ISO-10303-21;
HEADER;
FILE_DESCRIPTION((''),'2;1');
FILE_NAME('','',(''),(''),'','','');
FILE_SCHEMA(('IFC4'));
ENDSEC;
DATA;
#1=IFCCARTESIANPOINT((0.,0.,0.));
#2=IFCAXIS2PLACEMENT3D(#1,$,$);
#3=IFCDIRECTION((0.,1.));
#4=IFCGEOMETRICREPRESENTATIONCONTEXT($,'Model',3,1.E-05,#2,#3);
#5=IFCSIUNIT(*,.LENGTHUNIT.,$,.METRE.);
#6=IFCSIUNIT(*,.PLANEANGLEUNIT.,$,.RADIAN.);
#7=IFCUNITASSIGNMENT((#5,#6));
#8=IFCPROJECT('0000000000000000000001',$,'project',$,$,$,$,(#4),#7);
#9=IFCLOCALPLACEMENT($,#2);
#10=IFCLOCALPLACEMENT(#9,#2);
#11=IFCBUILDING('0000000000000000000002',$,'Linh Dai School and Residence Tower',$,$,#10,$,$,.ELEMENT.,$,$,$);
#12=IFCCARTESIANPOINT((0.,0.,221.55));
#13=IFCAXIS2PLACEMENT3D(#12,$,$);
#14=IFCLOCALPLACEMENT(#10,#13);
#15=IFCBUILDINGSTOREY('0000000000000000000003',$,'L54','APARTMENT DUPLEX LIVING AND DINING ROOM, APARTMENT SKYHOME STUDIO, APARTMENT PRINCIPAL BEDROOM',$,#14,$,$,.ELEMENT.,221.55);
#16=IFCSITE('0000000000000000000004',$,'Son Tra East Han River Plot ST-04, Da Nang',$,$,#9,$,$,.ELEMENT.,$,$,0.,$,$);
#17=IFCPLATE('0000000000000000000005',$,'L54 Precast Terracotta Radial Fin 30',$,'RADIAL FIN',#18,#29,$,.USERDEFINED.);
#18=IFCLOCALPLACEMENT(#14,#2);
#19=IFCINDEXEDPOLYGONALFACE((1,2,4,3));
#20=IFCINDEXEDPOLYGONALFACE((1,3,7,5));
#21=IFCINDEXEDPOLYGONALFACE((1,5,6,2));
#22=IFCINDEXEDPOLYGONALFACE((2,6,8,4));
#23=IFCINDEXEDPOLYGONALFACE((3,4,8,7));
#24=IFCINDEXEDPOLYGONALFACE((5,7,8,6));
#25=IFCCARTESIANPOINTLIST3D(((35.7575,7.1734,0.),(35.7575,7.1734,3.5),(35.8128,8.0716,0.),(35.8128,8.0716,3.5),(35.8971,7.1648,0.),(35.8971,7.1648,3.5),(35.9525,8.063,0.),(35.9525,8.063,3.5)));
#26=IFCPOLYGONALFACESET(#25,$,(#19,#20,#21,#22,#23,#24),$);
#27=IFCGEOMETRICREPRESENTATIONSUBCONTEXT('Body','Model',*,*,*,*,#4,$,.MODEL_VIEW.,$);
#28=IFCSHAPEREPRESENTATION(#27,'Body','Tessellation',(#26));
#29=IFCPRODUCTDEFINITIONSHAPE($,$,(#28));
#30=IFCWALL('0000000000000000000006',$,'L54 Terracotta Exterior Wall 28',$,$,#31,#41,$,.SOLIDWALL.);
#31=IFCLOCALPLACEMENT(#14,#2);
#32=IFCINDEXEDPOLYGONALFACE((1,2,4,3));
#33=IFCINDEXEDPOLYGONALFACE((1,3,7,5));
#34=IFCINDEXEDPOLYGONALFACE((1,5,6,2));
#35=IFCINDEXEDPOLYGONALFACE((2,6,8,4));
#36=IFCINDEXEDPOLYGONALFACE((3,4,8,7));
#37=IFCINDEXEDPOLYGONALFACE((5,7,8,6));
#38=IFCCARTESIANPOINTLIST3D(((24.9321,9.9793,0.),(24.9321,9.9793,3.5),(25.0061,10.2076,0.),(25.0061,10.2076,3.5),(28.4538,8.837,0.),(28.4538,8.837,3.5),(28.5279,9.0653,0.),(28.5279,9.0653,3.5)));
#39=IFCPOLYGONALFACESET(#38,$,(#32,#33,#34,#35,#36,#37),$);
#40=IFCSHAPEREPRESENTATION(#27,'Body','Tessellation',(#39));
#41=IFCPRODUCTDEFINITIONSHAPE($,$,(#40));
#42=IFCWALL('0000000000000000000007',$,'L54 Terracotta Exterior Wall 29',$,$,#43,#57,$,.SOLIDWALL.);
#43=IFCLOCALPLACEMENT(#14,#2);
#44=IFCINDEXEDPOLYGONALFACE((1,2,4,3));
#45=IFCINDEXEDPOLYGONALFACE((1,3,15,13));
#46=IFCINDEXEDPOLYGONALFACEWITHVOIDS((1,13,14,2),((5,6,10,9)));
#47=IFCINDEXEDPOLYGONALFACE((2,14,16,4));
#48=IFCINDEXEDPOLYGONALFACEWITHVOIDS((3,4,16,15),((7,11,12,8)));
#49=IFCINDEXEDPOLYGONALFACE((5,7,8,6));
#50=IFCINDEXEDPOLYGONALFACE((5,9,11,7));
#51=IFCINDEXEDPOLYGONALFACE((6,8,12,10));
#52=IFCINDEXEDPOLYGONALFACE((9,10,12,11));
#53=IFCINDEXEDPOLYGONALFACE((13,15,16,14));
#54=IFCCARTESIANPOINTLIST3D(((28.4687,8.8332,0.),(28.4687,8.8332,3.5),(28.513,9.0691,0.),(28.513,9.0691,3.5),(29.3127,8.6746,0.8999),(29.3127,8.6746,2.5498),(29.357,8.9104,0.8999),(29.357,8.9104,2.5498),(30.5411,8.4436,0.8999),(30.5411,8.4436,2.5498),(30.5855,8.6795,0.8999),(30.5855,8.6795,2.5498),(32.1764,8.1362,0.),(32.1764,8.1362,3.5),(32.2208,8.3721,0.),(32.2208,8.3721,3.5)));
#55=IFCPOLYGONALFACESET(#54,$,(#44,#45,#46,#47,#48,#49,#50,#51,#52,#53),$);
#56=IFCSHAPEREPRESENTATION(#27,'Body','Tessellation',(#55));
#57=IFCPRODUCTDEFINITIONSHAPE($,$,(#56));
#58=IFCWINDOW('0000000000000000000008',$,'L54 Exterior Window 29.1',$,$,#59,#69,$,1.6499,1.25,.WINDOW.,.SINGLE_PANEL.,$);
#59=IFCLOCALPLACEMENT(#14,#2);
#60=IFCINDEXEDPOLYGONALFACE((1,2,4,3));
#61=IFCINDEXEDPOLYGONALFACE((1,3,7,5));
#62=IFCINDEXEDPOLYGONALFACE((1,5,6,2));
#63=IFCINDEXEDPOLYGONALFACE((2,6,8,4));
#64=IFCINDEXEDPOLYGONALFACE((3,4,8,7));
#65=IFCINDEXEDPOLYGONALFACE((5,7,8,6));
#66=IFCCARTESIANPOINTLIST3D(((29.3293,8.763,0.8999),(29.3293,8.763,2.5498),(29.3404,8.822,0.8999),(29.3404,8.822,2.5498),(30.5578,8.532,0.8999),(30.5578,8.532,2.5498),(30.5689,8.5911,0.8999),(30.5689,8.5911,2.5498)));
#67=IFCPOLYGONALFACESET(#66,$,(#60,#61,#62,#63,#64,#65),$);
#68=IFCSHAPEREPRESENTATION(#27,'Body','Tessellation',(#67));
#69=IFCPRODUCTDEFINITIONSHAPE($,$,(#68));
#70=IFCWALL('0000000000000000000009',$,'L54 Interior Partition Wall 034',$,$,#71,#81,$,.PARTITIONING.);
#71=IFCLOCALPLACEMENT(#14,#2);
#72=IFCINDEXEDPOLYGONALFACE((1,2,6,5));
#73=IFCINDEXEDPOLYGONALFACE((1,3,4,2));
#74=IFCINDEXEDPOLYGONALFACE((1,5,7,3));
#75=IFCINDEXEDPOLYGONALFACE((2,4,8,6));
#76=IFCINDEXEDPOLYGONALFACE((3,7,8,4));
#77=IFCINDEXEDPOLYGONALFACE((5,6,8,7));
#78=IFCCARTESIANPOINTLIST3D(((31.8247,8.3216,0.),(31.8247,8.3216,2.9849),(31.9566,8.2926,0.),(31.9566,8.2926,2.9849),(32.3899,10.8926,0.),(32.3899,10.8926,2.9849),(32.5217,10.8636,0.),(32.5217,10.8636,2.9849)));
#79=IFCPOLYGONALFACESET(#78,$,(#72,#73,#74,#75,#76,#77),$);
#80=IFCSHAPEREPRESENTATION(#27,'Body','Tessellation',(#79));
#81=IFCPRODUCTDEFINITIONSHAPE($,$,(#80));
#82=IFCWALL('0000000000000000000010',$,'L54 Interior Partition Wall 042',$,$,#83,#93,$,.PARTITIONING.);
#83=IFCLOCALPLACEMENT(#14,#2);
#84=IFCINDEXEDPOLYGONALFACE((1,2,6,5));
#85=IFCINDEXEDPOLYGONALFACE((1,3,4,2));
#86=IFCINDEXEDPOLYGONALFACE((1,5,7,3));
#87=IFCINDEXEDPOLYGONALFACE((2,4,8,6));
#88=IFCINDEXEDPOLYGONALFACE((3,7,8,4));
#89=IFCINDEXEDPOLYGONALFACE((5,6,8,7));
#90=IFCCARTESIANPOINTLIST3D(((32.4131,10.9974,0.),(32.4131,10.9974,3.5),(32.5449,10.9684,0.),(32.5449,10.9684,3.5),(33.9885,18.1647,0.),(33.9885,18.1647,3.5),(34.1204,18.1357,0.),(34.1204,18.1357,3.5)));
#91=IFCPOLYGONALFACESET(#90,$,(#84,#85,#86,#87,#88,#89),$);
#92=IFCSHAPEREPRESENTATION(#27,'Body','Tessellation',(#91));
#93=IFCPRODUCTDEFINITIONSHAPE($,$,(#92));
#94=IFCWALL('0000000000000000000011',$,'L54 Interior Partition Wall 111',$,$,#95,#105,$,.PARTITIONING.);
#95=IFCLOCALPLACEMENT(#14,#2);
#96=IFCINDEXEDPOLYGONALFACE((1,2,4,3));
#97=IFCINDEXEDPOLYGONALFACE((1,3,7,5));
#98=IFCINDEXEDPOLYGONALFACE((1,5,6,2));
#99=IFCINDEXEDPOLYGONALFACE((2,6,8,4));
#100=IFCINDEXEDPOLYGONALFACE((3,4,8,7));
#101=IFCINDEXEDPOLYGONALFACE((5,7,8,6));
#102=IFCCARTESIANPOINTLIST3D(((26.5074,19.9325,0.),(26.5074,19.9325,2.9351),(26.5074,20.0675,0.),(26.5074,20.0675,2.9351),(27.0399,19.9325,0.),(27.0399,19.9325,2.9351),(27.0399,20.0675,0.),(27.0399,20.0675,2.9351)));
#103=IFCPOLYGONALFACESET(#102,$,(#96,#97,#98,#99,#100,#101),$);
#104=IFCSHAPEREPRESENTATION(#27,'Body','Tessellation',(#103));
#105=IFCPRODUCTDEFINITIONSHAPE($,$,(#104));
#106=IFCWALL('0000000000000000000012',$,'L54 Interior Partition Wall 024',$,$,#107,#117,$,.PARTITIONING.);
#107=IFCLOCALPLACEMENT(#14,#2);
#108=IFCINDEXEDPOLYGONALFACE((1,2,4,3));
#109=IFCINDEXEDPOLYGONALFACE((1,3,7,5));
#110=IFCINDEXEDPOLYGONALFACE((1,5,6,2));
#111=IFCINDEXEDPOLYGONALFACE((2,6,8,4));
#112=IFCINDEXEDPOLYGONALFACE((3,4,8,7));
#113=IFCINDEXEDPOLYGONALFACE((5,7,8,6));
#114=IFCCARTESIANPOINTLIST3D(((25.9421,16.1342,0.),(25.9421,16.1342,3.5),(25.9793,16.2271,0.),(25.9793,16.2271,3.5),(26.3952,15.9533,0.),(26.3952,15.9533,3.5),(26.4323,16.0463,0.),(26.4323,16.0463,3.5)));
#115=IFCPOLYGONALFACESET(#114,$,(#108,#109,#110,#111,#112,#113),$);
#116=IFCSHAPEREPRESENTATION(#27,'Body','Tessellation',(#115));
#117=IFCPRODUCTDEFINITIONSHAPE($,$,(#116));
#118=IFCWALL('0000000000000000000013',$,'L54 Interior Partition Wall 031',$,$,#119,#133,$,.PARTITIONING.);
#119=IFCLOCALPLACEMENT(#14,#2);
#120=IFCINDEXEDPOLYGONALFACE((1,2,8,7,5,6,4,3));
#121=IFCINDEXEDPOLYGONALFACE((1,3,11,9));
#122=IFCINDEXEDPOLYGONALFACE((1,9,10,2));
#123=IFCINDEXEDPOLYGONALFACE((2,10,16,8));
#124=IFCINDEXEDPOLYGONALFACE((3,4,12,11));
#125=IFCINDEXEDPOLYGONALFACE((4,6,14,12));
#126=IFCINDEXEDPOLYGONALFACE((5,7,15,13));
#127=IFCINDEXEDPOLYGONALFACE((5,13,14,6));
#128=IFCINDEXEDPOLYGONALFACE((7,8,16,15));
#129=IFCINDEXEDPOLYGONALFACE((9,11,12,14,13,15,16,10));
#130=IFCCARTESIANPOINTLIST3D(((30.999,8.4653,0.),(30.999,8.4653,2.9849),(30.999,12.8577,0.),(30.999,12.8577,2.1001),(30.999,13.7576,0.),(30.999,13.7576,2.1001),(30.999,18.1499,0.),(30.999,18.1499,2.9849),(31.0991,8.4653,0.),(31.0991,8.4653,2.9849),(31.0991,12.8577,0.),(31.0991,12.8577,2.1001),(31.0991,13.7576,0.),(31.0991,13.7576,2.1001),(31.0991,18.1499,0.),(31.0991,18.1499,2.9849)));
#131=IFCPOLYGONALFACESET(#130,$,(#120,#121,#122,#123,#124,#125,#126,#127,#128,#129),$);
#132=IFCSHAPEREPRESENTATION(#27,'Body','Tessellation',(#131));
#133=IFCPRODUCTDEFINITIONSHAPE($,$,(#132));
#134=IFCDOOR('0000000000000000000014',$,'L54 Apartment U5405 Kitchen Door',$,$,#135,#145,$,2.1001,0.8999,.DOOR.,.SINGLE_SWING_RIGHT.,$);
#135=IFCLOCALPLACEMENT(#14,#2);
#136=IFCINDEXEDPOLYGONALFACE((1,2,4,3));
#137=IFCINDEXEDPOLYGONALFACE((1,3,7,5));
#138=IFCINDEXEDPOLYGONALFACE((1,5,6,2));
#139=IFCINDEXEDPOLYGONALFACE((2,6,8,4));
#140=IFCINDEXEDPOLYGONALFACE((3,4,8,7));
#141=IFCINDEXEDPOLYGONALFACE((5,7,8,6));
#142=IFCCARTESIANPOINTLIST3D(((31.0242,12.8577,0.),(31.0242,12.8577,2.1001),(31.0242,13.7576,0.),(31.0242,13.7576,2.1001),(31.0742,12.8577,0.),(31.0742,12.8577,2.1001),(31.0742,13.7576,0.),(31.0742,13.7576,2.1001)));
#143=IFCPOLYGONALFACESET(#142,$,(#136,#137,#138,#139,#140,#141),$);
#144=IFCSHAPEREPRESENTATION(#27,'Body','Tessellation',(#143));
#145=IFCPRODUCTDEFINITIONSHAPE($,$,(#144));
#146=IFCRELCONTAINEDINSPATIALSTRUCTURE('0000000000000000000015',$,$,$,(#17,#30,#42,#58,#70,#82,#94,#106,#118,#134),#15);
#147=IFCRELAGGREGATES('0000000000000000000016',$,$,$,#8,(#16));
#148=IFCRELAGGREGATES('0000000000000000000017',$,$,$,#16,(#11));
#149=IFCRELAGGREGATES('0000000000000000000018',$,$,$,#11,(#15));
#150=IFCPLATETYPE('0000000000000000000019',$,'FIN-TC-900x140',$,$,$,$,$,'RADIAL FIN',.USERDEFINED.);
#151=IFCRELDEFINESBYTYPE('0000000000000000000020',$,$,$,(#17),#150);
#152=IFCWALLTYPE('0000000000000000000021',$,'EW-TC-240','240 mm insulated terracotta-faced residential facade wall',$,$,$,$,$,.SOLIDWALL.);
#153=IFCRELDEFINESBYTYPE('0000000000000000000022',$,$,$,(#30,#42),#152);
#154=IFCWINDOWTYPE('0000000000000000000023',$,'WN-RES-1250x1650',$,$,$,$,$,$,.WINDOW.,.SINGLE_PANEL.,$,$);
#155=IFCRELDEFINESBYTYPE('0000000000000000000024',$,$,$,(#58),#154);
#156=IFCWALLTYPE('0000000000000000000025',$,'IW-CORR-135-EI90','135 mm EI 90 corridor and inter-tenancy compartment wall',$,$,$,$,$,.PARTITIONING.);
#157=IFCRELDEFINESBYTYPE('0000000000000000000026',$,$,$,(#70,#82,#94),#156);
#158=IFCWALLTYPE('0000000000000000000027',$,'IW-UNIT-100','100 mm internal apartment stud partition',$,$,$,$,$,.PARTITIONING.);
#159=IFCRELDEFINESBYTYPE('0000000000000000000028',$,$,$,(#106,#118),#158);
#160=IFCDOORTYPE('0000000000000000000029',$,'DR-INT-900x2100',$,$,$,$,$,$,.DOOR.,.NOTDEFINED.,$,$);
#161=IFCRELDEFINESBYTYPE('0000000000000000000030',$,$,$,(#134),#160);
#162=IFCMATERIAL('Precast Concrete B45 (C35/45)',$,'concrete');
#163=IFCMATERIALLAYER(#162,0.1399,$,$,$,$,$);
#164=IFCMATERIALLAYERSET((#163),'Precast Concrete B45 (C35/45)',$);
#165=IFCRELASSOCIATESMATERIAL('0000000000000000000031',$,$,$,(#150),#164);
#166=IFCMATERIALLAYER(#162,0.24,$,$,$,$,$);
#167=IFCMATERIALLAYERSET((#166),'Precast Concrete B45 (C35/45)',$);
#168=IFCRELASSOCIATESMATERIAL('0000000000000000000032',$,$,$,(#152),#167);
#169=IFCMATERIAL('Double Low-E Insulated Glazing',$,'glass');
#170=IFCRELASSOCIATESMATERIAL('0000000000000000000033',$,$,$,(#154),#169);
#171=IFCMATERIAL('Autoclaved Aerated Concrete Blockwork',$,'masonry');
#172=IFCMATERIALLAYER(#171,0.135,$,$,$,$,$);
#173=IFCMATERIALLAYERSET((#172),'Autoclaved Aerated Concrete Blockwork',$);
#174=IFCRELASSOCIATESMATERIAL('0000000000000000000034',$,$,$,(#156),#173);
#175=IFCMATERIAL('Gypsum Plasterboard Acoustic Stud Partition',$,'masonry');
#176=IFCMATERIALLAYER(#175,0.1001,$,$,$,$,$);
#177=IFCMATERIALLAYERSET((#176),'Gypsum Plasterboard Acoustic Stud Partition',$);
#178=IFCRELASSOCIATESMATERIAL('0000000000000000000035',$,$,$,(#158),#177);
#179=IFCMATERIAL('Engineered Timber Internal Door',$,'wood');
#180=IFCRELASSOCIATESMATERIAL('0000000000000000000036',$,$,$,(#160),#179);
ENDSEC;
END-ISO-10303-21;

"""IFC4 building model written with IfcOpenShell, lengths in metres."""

from ifc_helpers import new_model, si_unit, direction, frame, frame_2d, origin, origin_2d, place, context, subcontext, project, spatial, rectangle, extrude, source, transform, mapped, material, layer, layer_set, type_object, element, fill, save


model = new_model("IFC4")

# Units and contexts
model_context = context("Model", 3, precision=1e-05, world=origin(), true_north=direction((0.0, 1.0)))
body_context = subcontext(model_context, "Body", "Model", "MODEL_VIEW")
ifc_project = project(units=[si_unit("LENGTHUNIT", "METRE"), si_unit("PLANEANGLEUNIT", "RADIAN")], contexts=[model_context])

# Site, building, storey
site_placement = place(None, origin())
site = spatial("IfcSite", under=ifc_project, at=site_placement, Name="Son Tra East Han River Plot ST-04, Da Nang", CompositionType="ELEMENT", RefElevation=0.0)
building_placement = place(site_placement, origin())
building = spatial("IfcBuilding", under=site, at=building_placement, Name="Linh Dai School and Residence Tower", CompositionType="ELEMENT")
storey_placement = place(building_placement, frame((0.0, 0.0, 221.55)))
storey = spatial("IfcBuildingStorey", under=building, at=storey_placement, Name="L54", Description="APARTMENT DUPLEX LIVING AND DINING ROOM, APARTMENT SKYHOME STUDIO, APARTMENT PRINCIPAL BEDROOM", CompositionType="ELEMENT", Elevation=221.55)

# Plate
ifc_material_1 = material(Name="Precast Concrete B45 (C35/45)", Category="concrete")
ifc_layer_1 = layer(ifc_material_1, 0.1399)
ifc_layer_set_1 = layer_set([ifc_layer_1], Name="Precast Concrete B45 (C35/45)")
plate_type = type_object("IfcPlateType", Name="FIN-TC-900x140", ElementType="RADIAL FIN", PredefinedType="USERDEFINED", material=ifc_layer_set_1)
shared_shape_1 = source(origin(), body_context, "Body", "SweptSolid", [
    extrude(rectangle(XDim=0.8999, YDim=0.1399, at=origin_2d()), origin(), (0.0, 0.0, 1.0), 3.5),
])
plate_placement = place(storey_placement, frame((35.855, 7.6182, 0.0), z_axis=(0.0, 0.0, 1.0), x_axis=(-0.061504, -0.998107, 0.0)))
element("IfcPlate", 1, at=plate_placement, inside=storey, type_object=plate_type, Name="L54 Precast Terracotta Radial Fin 30", ObjectType="RADIAL FIN", PredefinedType="USERDEFINED", context=body_context, shape_type="MappedRepresentation", body=[
    mapped(shared_shape_1, transform((0.0, 0.0, 0.0), x_axis=(1.0, 0.0, 0.0), y_axis=(0.0, 1.0, 0.0), z_axis=(0.0, 0.0, 1.0), scale=1.0)),
])

# Wall
ifc_layer_2 = layer(ifc_material_1, 0.24)
ifc_layer_set_2 = layer_set([ifc_layer_2], Name="Precast Concrete B45 (C35/45)")
wall_type_1 = type_object("IfcWallType", Name="EW-TC-240", Description="240 mm insulated terracotta-faced residential facade wall", PredefinedType="SOLIDWALL", material=ifc_layer_set_2)
wall_1_placement = place(storey_placement, frame((28.4907, 8.9512, 0.0), z_axis=(0.0, 0.0, 1.0), x_axis=(-0.951211, 0.308542, 0.0)))
element("IfcWall", 2, at=wall_1_placement, inside=storey, type_object=wall_type_1, Name="L54 Terracotta Exterior Wall 28", PredefinedType="SOLIDWALL", context=body_context, shape_type="SweptSolid", body=[
    extrude(rectangle(XDim=3.7024, YDim=0.24, at=frame_2d((1.8511, 0.0))), origin(), (0.0, 0.0, 1.0), 3.5),
])

# Wall, opening, window
wall_2_placement = place(storey_placement, frame((32.1985, 8.2542, 0.0), z_axis=(0.0, 0.0, 1.0), x_axis=(-0.982785, 0.184753, 0.0)))
wall_2 = element("IfcWall", 3, at=wall_2_placement, inside=storey, type_object=wall_type_1, Name="L54 Terracotta Exterior Wall 29", PredefinedType="SOLIDWALL", context=body_context, shape_type="SweptSolid", body=[
    extrude(rectangle(XDim=3.7727, YDim=0.24, at=frame_2d((1.8862, 0.0))), origin(), (0.0, 0.0, 1.0), 3.5),
])
opening_1_placement = place(wall_2_placement, frame((1.6638, 0.0, 0.8999)))
opening_1 = element("IfcOpeningElement", 4, at=opening_1_placement, cuts=wall_2, PredefinedType="OPENING", context=body_context, shape_type="SweptSolid", body=[
    extrude(rectangle(XDim=1.25, YDim=1.6499, at=origin_2d()), frame((0.625, 0.1299, 0.825), z_axis=(0.0, -1.0, 0.0), x_axis=(1.0, 0.0, 0.0)), (0.0, 0.0, 1.0), 0.26),
])
ifc_material_2 = material(Name="Double Low-E Insulated Glazing", Category="glass")
window_type = type_object("IfcWindowType", Name="WN-RES-1250x1650", PartitioningType="SINGLE_PANEL", PredefinedType="WINDOW", material=ifc_material_2)
shared_shape_2 = source(origin(), body_context, "Body", "SweptSolid", [
    extrude(rectangle(XDim=1.25, YDim=1.6499, at=origin_2d()), frame((0.625, 0.03, 0.825), z_axis=(0.0, -1.0, 0.0), x_axis=(1.0, 0.0, 0.0)), (0.0, 0.0, 1.0), 0.0601),
])
window_placement = place(opening_1_placement, origin())
window = element("IfcWindow", 5, at=window_placement, inside=storey, type_object=window_type, Name="L54 Exterior Window 29.1", OverallHeight=1.6499, OverallWidth=1.25, PartitioningType="SINGLE_PANEL", PredefinedType="WINDOW", context=body_context, shape_type="MappedRepresentation", body=[
    mapped(shared_shape_2, transform((0.0, 0.0, 0.0), x_axis=(1.0, 0.0, 0.0), y_axis=(0.0, 1.0, 0.0), z_axis=(0.0, 0.0, 1.0), scale=1.0)),
])
fill(opening_1, window)

# Walls
ifc_material_3 = material(Name="Autoclaved Aerated Concrete Blockwork", Category="masonry")
ifc_layer_3 = layer(ifc_material_3, 0.135)
ifc_layer_set_3 = layer_set([ifc_layer_3], Name="Autoclaved Aerated Concrete Blockwork")
wall_type_2 = type_object("IfcWallType", Name="IW-CORR-135-EI90", Description="135 mm EI 90 corridor and inter-tenancy compartment wall", PredefinedType="PARTITIONING", material=ifc_layer_set_3)
wall_3_placement = place(storey_placement, frame((31.8906, 8.3071, 0.0), z_axis=(0.0, 0.0, 1.0), x_axis=(0.214701, 0.97668, 0.0)))
element("IfcWall", 6, at=wall_3_placement, inside=storey, type_object=wall_type_2, Name="L54 Interior Partition Wall 034", PredefinedType="PARTITIONING", context=body_context, shape_type="SweptSolid", body=[
    extrude(rectangle(XDim=2.6323, YDim=0.135, at=frame_2d((1.3162, 0.0))), origin(), (0.0, 0.0, 1.0), 2.9849),
])
wall_4_placement = place(storey_placement, frame((32.479, 10.9829, 0.0), z_axis=(0.0, 0.0, 1.0), x_axis=(0.214686, 0.976683, 0.0)))
element("IfcWall", 7, at=wall_4_placement, inside=storey, type_object=wall_type_2, Name="L54 Interior Partition Wall 042", PredefinedType="PARTITIONING", context=body_context, shape_type="SweptSolid", body=[
    extrude(rectangle(XDim=7.3384, YDim=0.135, at=frame_2d((3.6692, 0.0))), origin(), (0.0, 0.0, 1.0), 3.5),
])

# Wall
wall_5_placement = place(storey_placement, frame((26.5076, 20.0, 0.0), z_axis=(0.0, 0.0, 1.0), x_axis=(1.0, 0.0, 0.0)))
element("IfcWall", 8, at=wall_5_placement, inside=storey, type_object=wall_type_2, Name="L54 Interior Partition Wall 111", PredefinedType="PARTITIONING", context=body_context, shape_type="SweptSolid", body=[
    extrude(rectangle(XDim=0.5325, YDim=0.135, at=frame_2d((0.2661, 0.0))), origin(), (0.0, 0.0, 1.0), 2.9351),
])

# Wall
ifc_material_4 = material(Name="Gypsum Plasterboard Acoustic Stud Partition", Category="masonry")
ifc_layer_4 = layer(ifc_material_4, 0.1001)
ifc_layer_set_4 = layer_set([ifc_layer_4], Name="Gypsum Plasterboard Acoustic Stud Partition")
wall_type_3 = type_object("IfcWallType", Name="IW-UNIT-100", Description="100 mm internal apartment stud partition", PredefinedType="PARTITIONING", material=ifc_layer_set_4)
wall_6_placement = place(storey_placement, frame((25.9607, 16.1807, 0.0), z_axis=(0.0, 0.0, 1.0), x_axis=(0.928718, -0.370787, 0.0)))
element("IfcWall", 9, at=wall_6_placement, inside=storey, type_object=wall_type_3, Name="L54 Interior Partition Wall 024", PredefinedType="PARTITIONING", context=body_context, shape_type="SweptSolid", body=[
    extrude(rectangle(XDim=0.4878, YDim=0.1001, at=frame_2d((0.2439, 0.0))), origin(), (0.0, 0.0, 1.0), 3.5),
])

# Wall, opening, door
wall_7_placement = place(storey_placement, frame((31.0491, 8.4653, 0.0), z_axis=(0.0, 0.0, 1.0), x_axis=(0.0, 1.0, 0.0)))
wall_7 = element("IfcWall", 10, at=wall_7_placement, inside=storey, type_object=wall_type_3, Name="L54 Interior Partition Wall 031", PredefinedType="PARTITIONING", context=body_context, shape_type="SweptSolid", body=[
    extrude(rectangle(XDim=9.6846, YDim=0.1001, at=frame_2d((4.8423, 0.0))), origin(), (0.0, 0.0, 1.0), 2.9849),
])
opening_2_placement = place(wall_7_placement, frame((4.3923, 0.0, 0.0)))
opening_2 = element("IfcOpeningElement", 11, at=opening_2_placement, cuts=wall_7, PredefinedType="OPENING", context=body_context, shape_type="SweptSolid", body=[
    extrude(rectangle(XDim=0.8999, YDim=2.1001, at=origin_2d()), frame((0.45, 0.0601, 1.05), z_axis=(0.0, -1.0, 0.0), x_axis=(1.0, 0.0, 0.0)), (0.0, 0.0, 1.0), 0.1201),
])
ifc_material_5 = material(Name="Engineered Timber Internal Door", Category="wood")
door_type_1 = type_object("IfcDoorType", Name="DR-INT-900x2100", OperationType="NOTDEFINED", PredefinedType="DOOR", material=ifc_material_5)
shared_shape_3 = source(origin(), body_context, "Body", "SweptSolid", [
    extrude(rectangle(XDim=0.8999, YDim=2.1001, at=origin_2d()), frame((0.45, 0.0249, 1.05), z_axis=(0.0, -1.0, 0.0), x_axis=(1.0, 0.0, 0.0)), (0.0, 0.0, 1.0), 0.05),
])
door_1_placement = place(opening_2_placement, origin())
door_1 = element("IfcDoor", 12, at=door_1_placement, inside=storey, type_object=door_type_1, Name="L54 Apartment U5405 Kitchen Door", OperationType="SINGLE_SWING_RIGHT", OverallHeight=2.1001, OverallWidth=0.8999, PredefinedType="DOOR", context=body_context, shape_type="MappedRepresentation", body=[
    mapped(shared_shape_3, transform((0.0, 0.0, 0.0), x_axis=(1.0, 0.0, 0.0), y_axis=(0.0, 1.0, 0.0), z_axis=(0.0, 0.0, 1.0), scale=1.0)),
])
fill(opening_2, door_1)

save(model, "model.ifc")
